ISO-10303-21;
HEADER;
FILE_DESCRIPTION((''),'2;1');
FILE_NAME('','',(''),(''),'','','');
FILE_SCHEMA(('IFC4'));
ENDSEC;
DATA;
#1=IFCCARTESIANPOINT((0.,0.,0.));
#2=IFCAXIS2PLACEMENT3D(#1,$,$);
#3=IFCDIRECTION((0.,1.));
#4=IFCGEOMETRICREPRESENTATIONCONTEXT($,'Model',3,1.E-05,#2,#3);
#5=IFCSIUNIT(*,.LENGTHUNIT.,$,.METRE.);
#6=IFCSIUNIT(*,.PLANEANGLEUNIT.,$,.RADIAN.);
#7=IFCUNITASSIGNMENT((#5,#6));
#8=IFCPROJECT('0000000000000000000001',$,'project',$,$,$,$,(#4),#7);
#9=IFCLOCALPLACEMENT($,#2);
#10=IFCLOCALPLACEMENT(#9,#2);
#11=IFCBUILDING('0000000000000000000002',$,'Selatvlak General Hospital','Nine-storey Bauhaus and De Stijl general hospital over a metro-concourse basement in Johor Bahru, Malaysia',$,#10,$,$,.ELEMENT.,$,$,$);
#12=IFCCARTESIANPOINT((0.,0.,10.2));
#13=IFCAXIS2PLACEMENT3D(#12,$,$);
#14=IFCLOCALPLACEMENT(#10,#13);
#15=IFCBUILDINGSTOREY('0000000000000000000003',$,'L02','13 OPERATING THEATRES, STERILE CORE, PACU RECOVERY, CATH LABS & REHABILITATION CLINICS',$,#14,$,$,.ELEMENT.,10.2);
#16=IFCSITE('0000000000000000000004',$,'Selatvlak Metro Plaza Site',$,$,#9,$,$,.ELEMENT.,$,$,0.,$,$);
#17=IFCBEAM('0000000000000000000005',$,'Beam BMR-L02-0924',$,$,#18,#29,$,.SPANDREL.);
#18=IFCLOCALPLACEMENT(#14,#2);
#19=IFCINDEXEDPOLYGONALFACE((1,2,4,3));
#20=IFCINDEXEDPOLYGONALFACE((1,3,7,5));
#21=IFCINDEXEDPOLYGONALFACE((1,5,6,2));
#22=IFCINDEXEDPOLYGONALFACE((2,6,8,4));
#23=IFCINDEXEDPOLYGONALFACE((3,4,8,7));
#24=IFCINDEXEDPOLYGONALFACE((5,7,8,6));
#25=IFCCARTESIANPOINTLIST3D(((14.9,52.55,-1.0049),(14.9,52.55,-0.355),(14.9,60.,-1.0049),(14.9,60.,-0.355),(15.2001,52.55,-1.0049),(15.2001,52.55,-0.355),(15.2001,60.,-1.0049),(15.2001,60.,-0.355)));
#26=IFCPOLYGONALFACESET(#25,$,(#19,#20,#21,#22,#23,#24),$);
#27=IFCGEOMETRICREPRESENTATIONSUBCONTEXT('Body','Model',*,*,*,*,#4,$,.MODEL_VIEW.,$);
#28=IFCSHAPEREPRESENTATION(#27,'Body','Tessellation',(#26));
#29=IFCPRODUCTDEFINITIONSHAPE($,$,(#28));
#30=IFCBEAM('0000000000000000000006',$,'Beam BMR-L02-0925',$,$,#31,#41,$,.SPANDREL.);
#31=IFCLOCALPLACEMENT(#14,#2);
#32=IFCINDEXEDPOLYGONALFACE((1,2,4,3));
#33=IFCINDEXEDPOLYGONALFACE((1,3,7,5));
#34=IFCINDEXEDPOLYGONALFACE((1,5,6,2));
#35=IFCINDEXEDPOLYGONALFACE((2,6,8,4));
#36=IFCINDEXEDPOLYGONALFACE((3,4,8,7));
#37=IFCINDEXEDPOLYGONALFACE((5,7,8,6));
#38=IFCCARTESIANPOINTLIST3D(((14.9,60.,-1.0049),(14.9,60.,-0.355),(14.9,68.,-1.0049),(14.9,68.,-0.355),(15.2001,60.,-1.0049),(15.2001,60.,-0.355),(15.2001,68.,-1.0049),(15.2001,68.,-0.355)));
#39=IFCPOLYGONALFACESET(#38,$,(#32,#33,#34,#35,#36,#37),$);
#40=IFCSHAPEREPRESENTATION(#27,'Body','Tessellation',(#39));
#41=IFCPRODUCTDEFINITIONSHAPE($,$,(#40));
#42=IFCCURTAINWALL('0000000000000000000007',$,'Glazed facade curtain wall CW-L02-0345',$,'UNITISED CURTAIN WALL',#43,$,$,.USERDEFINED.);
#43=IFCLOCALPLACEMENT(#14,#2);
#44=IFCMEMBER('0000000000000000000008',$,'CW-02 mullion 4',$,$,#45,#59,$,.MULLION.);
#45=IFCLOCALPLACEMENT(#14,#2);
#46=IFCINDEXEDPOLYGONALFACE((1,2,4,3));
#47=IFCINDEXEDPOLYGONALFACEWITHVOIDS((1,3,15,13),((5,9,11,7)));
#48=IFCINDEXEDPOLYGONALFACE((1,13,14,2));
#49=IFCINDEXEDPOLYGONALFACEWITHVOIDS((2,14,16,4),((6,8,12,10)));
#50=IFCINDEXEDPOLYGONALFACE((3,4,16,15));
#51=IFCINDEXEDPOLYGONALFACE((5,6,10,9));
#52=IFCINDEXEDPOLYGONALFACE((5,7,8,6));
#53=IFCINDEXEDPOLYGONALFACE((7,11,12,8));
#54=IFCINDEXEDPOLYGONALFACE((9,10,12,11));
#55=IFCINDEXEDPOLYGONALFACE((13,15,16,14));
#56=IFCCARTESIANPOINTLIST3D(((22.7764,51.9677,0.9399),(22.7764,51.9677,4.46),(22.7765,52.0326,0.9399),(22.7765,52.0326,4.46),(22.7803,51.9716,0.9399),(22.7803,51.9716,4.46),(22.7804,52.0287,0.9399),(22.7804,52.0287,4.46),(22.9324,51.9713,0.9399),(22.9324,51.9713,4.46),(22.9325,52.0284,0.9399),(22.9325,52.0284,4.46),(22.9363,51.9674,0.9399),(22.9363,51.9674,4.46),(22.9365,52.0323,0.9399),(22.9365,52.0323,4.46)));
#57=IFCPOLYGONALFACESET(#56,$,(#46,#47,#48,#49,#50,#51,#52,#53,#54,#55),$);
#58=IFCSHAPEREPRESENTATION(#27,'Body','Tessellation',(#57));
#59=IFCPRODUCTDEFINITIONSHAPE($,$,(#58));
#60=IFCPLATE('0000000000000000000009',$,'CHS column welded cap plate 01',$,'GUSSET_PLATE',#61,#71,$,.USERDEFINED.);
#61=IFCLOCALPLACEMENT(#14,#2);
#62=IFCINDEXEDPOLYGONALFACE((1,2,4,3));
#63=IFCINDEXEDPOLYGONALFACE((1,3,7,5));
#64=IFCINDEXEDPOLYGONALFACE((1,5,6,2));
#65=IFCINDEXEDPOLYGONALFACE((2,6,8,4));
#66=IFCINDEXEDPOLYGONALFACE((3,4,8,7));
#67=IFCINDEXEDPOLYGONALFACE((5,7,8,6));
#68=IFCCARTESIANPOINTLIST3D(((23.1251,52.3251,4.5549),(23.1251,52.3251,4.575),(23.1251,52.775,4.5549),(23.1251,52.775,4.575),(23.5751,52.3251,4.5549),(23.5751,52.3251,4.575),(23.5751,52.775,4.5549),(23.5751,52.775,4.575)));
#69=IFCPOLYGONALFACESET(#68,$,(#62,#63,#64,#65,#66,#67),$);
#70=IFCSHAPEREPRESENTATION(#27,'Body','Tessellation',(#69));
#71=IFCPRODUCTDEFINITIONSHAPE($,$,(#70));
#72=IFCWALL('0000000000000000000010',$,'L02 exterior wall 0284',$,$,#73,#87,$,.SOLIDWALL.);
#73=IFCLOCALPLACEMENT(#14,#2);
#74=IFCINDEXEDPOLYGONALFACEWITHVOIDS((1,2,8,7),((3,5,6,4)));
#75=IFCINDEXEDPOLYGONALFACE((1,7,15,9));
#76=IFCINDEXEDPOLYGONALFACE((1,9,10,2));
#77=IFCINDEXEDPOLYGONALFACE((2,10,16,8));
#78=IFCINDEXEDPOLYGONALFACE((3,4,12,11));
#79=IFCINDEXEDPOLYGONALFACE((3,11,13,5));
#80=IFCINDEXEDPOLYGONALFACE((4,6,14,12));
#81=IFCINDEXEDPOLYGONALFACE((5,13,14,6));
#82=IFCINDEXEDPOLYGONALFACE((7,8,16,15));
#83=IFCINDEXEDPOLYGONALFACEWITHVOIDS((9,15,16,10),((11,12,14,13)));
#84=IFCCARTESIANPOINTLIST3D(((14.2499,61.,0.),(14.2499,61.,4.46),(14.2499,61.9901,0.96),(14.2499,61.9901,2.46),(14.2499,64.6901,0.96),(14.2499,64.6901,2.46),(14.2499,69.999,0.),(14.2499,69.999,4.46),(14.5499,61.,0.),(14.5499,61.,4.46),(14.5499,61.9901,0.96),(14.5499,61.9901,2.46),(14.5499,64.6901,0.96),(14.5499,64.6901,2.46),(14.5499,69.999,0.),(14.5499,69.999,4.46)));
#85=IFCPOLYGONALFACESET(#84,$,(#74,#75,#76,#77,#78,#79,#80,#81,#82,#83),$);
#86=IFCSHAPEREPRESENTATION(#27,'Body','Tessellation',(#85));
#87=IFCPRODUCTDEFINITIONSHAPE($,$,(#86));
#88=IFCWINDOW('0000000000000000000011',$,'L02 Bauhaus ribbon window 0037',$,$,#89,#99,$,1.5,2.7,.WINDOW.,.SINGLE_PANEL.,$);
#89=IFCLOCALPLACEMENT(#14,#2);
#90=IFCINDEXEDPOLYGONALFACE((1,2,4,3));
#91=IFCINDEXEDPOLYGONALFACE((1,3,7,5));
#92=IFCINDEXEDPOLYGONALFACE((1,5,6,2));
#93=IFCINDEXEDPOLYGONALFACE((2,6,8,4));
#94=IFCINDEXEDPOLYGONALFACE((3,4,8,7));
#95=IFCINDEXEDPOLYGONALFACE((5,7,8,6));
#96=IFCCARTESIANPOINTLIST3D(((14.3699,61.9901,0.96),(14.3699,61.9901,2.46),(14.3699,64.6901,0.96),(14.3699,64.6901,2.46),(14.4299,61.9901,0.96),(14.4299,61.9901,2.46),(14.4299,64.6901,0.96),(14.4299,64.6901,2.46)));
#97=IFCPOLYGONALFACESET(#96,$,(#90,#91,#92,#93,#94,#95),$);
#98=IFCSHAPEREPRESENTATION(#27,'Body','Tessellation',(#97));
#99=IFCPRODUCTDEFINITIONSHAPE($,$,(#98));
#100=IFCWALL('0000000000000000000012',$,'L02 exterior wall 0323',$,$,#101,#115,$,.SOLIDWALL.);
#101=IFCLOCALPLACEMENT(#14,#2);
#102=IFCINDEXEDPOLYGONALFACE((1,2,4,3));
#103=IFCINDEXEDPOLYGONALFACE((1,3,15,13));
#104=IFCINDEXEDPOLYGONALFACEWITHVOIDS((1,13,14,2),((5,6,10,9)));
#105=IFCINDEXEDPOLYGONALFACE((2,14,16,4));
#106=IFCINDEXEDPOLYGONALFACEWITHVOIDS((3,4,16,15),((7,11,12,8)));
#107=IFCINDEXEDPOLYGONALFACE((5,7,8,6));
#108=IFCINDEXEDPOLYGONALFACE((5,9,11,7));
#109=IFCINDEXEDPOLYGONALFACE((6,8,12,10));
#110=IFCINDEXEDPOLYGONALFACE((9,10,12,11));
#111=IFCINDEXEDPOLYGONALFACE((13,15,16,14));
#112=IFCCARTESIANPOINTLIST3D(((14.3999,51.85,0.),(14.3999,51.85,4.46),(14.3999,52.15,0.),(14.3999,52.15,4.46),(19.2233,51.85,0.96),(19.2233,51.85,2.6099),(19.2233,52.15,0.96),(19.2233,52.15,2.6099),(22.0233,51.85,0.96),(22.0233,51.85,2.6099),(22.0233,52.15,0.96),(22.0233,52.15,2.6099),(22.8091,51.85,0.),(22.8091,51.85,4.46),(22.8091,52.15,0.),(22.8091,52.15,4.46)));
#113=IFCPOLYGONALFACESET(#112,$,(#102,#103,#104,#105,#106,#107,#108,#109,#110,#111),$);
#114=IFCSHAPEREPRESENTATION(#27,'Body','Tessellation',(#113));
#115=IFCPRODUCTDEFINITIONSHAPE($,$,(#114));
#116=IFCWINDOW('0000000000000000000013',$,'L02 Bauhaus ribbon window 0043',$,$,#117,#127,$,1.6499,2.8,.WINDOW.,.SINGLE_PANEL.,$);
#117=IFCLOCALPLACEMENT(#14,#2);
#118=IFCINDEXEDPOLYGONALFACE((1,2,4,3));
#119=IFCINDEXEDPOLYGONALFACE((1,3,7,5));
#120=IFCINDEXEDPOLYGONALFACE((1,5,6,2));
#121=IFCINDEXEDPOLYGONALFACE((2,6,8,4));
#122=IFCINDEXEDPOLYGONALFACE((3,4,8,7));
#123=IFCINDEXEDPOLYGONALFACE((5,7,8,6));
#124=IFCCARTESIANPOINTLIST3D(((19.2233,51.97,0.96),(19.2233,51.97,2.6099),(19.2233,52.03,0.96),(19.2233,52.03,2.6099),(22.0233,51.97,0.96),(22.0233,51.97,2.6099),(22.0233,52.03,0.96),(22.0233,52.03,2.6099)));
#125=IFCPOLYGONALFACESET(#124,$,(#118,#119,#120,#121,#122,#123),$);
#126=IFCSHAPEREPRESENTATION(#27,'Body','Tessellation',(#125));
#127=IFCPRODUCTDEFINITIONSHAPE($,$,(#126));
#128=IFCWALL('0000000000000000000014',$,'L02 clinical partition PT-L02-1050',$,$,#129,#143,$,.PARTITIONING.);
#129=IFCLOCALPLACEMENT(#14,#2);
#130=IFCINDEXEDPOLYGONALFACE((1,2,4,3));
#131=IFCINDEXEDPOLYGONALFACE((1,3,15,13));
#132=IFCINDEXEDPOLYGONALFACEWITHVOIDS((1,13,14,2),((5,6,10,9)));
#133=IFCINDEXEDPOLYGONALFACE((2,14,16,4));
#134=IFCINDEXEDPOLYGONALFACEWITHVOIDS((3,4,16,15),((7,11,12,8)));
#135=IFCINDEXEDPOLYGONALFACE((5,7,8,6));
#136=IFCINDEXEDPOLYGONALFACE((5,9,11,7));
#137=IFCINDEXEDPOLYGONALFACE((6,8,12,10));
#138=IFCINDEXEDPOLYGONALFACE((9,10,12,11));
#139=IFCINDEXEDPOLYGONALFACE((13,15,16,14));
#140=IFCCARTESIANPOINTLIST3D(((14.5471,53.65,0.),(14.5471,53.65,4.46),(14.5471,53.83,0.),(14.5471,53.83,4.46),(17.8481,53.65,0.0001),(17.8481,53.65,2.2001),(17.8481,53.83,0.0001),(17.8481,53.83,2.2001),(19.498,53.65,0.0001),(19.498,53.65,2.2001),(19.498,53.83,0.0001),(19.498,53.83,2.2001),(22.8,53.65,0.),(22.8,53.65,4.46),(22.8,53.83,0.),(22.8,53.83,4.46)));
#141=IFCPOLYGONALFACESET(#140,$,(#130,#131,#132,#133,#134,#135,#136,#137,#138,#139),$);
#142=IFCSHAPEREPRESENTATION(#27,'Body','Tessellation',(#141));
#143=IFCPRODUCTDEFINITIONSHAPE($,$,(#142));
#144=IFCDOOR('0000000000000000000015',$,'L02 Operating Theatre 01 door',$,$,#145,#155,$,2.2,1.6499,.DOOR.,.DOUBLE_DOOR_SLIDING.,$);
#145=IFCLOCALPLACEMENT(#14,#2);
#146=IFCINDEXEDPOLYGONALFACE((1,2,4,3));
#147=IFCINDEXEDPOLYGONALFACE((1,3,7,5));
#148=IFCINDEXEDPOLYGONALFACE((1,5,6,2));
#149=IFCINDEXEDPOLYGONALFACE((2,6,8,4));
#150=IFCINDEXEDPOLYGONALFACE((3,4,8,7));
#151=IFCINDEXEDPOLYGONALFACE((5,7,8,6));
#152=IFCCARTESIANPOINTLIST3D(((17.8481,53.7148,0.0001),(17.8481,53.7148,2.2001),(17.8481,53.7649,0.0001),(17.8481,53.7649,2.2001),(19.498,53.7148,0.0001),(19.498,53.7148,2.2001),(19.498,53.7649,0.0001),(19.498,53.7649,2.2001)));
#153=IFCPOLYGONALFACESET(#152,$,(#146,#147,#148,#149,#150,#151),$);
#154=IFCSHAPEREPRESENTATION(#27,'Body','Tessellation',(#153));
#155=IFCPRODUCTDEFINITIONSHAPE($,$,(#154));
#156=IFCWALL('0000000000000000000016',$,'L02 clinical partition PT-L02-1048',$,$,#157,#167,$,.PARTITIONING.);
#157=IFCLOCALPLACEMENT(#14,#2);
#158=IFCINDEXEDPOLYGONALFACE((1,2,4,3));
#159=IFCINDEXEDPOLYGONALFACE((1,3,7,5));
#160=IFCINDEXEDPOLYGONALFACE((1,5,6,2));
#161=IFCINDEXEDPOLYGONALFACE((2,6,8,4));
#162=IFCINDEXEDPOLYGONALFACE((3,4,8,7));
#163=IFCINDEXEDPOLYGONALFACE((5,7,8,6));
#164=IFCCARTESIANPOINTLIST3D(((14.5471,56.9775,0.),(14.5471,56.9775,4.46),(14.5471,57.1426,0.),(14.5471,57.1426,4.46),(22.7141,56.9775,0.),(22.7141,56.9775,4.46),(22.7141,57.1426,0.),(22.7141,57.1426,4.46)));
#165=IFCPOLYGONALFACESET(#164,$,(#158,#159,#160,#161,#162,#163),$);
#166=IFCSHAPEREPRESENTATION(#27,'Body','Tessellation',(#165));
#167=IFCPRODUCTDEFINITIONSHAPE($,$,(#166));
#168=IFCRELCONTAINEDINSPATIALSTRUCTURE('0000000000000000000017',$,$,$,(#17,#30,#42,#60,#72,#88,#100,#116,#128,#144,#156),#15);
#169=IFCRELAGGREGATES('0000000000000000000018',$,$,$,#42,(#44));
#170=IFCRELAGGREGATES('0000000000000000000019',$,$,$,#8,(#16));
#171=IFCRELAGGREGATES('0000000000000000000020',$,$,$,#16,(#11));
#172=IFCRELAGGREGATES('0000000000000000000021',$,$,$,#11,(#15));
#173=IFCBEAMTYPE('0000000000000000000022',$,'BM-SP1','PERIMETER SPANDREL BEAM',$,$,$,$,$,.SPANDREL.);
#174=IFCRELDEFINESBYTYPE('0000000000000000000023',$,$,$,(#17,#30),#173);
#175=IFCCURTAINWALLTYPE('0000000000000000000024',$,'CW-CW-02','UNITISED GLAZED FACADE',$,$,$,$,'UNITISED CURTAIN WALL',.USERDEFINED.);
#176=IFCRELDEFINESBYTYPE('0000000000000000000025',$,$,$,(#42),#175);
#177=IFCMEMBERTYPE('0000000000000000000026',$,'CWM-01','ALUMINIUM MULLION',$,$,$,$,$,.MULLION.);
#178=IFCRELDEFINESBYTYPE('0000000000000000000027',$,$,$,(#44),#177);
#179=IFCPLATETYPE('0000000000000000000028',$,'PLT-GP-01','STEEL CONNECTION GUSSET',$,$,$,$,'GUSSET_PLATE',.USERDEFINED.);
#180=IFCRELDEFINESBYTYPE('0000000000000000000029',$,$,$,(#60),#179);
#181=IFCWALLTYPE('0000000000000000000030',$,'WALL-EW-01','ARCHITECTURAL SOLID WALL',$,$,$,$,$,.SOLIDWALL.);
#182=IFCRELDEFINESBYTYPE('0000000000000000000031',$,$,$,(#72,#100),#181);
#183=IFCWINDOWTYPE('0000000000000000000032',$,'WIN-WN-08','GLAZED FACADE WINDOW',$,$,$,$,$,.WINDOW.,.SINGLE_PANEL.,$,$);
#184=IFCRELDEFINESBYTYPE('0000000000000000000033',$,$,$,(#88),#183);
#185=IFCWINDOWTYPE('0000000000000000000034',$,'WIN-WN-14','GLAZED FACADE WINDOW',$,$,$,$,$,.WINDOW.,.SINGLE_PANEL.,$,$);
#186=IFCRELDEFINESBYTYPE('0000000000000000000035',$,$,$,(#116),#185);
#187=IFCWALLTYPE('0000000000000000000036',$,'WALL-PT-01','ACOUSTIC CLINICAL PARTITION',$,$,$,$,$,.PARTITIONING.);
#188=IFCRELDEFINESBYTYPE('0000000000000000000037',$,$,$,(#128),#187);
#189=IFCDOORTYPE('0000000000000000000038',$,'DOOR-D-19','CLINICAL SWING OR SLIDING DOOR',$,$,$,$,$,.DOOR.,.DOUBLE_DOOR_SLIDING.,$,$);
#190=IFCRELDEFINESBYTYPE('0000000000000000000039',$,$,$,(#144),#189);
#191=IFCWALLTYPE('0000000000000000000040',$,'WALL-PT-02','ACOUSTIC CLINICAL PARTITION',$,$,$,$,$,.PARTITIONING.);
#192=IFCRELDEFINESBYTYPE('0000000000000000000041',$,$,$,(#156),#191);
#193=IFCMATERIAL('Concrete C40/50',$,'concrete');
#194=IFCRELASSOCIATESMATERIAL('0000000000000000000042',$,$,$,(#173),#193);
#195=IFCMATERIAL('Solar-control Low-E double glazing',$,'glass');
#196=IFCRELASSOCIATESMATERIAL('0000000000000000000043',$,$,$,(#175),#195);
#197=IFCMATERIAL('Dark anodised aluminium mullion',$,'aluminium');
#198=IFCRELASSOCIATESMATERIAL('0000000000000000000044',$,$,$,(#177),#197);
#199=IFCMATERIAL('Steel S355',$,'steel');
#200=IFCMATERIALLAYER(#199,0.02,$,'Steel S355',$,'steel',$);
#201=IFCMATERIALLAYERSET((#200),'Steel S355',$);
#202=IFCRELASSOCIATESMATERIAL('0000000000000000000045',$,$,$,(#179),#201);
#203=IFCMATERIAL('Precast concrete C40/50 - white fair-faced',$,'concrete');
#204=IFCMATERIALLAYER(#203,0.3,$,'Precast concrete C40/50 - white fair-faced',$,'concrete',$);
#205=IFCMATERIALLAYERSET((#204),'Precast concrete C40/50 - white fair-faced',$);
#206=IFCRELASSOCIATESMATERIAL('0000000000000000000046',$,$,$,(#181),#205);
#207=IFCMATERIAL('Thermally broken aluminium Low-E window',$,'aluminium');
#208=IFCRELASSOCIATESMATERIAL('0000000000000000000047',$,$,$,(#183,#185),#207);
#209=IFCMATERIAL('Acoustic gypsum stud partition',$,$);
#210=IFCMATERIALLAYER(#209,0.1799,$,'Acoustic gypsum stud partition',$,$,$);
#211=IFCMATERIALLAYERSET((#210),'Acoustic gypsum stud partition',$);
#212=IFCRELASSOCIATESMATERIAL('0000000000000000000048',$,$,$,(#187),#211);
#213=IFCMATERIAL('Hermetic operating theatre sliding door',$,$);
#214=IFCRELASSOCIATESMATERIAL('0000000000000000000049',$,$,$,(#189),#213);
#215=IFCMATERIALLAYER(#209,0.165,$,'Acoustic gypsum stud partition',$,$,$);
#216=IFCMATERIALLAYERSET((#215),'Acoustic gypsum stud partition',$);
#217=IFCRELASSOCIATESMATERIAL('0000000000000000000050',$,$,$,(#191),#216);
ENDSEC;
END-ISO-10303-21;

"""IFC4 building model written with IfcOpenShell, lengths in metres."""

from ifc_helpers import new_model, si_unit, direction, frame, frame_2d, origin, origin_2d, place, context, subcontext, project, spatial, rectangle, hollow_rectangle, extrude, material, layer, layer_set, material_profile, profile_set, type_object, element, fill, aggregate, save


model = new_model("IFC4")

# Units and contexts
model_context = context("Model", 3, precision=1e-05, world=origin(), true_north=direction((0.0, 1.0)))
body_context = subcontext(model_context, "Body", "Model", "MODEL_VIEW")
ifc_project = project(units=[si_unit("LENGTHUNIT", "METRE"), si_unit("PLANEANGLEUNIT", "RADIAN")], contexts=[model_context])

# Site, building, storey
site_placement = place(None, origin())
site = spatial("IfcSite", under=ifc_project, at=site_placement, Name="Selatvlak Metro Plaza Site", CompositionType="ELEMENT", RefElevation=0.0)
building_placement = place(site_placement, origin())
building = spatial("IfcBuilding", under=site, at=building_placement, Name="Selatvlak General Hospital", Description="Nine-storey Bauhaus and De Stijl general hospital over a metro-concourse basement in Johor Bahru, Malaysia", CompositionType="ELEMENT")
storey_placement = place(building_placement, frame((0.0, 0.0, 10.2)))
storey = spatial("IfcBuildingStorey", under=building, at=storey_placement, Name="L02", Description="13 OPERATING THEATRES, STERILE CORE, PACU RECOVERY, CATH LABS & REHABILITATION CLINICS", CompositionType="ELEMENT", Elevation=10.2)

# Shared definitions
ifc_material_1 = material(Name="Steel S355", Category="steel")

# Beams
ifc_material_2 = material(Name="Concrete C40/50", Category="concrete")
ifc_material_profile_1 = material_profile(ifc_material_2, rectangle(XDim=0.3, YDim=0.6499, at=origin_2d()), Name="RC-SP 300x650")
ifc_profile_set_1 = profile_set([ifc_material_profile_1], Name="Concrete C40/50")
beam_type_1 = type_object("IfcBeamType", Name="BM-SP1", Description="PERIMETER SPANDREL BEAM", PredefinedType="SPANDREL", material=ifc_profile_set_1)
beam_1_placement = place(storey_placement, frame((15.05, 52.55, -0.6799), z_axis=(0.0, 1.0, 0.0), x_axis=(-1.0, 0.0, 0.0)))
element("IfcBeam", 1, at=beam_1_placement, inside=storey, type_object=beam_type_1, Name="Beam BMR-L02-0924", PredefinedType="SPANDREL", context=body_context, shape_type="SweptSolid", body=[
    extrude(rectangle(XDim=0.3, YDim=0.6499, at=origin_2d()), origin(), (0.0, 0.0, 1.0), 7.45),
])
beam_2_placement = place(storey_placement, frame((15.05, 60.0, -0.6799), z_axis=(0.0, 1.0, 0.0), x_axis=(-1.0, 0.0, 0.0)))
element("IfcBeam", 2, at=beam_2_placement, inside=storey, type_object=beam_type_1, Name="Beam BMR-L02-0925", PredefinedType="SPANDREL", context=body_context, shape_type="SweptSolid", body=[
    extrude(rectangle(XDim=0.3, YDim=0.6499, at=origin_2d()), origin(), (0.0, 0.0, 1.0), 8.0),
])

# Curtain wall, member
ifc_material_3 = material(Name="Solar-control Low-E double glazing", Category="glass")
curtain_wall_type = type_object("IfcCurtainWallType", Name="CW-CW-02", Description="UNITISED GLAZED FACADE", ElementType="UNITISED CURTAIN WALL", PredefinedType="USERDEFINED", material=ifc_material_3)
curtain_wall_placement = place(storey_placement, origin())
curtain_wall = element("IfcCurtainWall", 3, at=curtain_wall_placement, inside=storey, type_object=curtain_wall_type, Name="Glazed facade curtain wall CW-L02-0345", ObjectType="UNITISED CURTAIN WALL", PredefinedType="USERDEFINED")
ifc_material_4 = material(Name="Dark anodised aluminium mullion", Category="aluminium")
ifc_material_profile_2 = material_profile(ifc_material_4, hollow_rectangle(XDim=0.0649, YDim=0.1599, WallThickness=0.0039, at=origin_2d()), Name="AL-MUL 65x160x4")
ifc_profile_set_2 = profile_set([ifc_material_profile_2], Name="Dark anodised aluminium mullion")
member_type = type_object("IfcMemberType", Name="CWM-01", Description="ALUMINIUM MULLION", PredefinedType="MULLION", material=ifc_profile_set_2)
member_placement = place(storey_placement, frame((22.8564, 52.0, 0.9399), z_axis=(0.0, 0.0, 1.0), x_axis=(-0.001811, -0.999998, 0.0)))
member = element("IfcMember", 4, at=member_placement, type_object=member_type, Name="CW-02 mullion 4", PredefinedType="MULLION", context=body_context, shape_type="SweptSolid", body=[
    extrude(hollow_rectangle(XDim=0.0649, YDim=0.1599, WallThickness=0.0039, at=origin_2d()), origin(), (0.0, 0.0, 1.0), 3.52),
])
aggregate(curtain_wall, [member])

# Plate
ifc_layer_1 = layer(ifc_material_1, 0.02, Name="Steel S355", Category="steel")
ifc_layer_set_1 = layer_set([ifc_layer_1], Name="Steel S355")
plate_type = type_object("IfcPlateType", Name="PLT-GP-01", Description="STEEL CONNECTION GUSSET", ElementType="GUSSET_PLATE", PredefinedType="USERDEFINED", material=ifc_layer_set_1)
plate_placement = place(storey_placement, frame((23.3501, 52.55, 4.5549), z_axis=(0.0, 0.0, 1.0), x_axis=(1.0, 0.0, 0.0)))
element("IfcPlate", 5, at=plate_placement, inside=storey, type_object=plate_type, Name="CHS column welded cap plate 01", ObjectType="GUSSET_PLATE", PredefinedType="USERDEFINED", context=body_context, shape_type="SweptSolid", body=[
    extrude(rectangle(XDim=0.45, YDim=0.45, at=origin_2d()), origin(), (0.0, 0.0, 1.0), 0.02),
])

# Walls, openings, windows
ifc_material_5 = material(Name="Precast concrete C40/50 - white fair-faced", Category="concrete")
ifc_layer_2 = layer(ifc_material_5, 0.3, Name="Precast concrete C40/50 - white fair-faced", Category="concrete")
ifc_layer_set_2 = layer_set([ifc_layer_2], Name="Precast concrete C40/50 - white fair-faced")
wall_type_1 = type_object("IfcWallType", Name="WALL-EW-01", Description="ARCHITECTURAL SOLID WALL", PredefinedType="SOLIDWALL", material=ifc_layer_set_2)
wall_1_placement = place(storey_placement, frame((14.3999, 61.0, 0.0), z_axis=(0.0, 0.0, 1.0), x_axis=(0.0, 1.0, 0.0)))
wall_1 = element("IfcWall", 6, at=wall_1_placement, inside=storey, type_object=wall_type_1, Name="L02 exterior wall 0284", PredefinedType="SOLIDWALL", context=body_context, shape_type="SweptSolid", body=[
    extrude(rectangle(XDim=8.999, YDim=0.3, at=frame_2d((4.4995, 0.0))), origin(), (0.0, 0.0, 1.0), 4.46),
])
opening_1_placement = place(wall_1_placement, frame((0.99, 0.0, 0.96)))
opening_1 = element("IfcOpeningElement", 7, at=opening_1_placement, cuts=wall_1, PredefinedType="OPENING", context=body_context, shape_type="SweptSolid", body=[
    extrude(rectangle(XDim=2.7, YDim=1.5, at=frame_2d((1.3501, 0.75))), frame((0.0, 0.1599, 0.0), z_axis=(0.0, -1.0, 0.0), x_axis=(1.0, 0.0, 0.0)), (0.0, 0.0, 1.0), 0.3201),
])
ifc_material_6 = material(Name="Thermally broken aluminium Low-E window", Category="aluminium")
window_type_1 = type_object("IfcWindowType", Name="WIN-WN-08", Description="GLAZED FACADE WINDOW", PartitioningType="SINGLE_PANEL", PredefinedType="WINDOW", material=ifc_material_6)
window_1_placement = place(opening_1_placement, origin())
window_1 = element("IfcWindow", 8, at=window_1_placement, inside=storey, type_object=window_type_1, Name="L02 Bauhaus ribbon window 0037", OverallHeight=1.5, OverallWidth=2.7, PartitioningType="SINGLE_PANEL", PredefinedType="WINDOW", context=body_context, shape_type="SweptSolid", body=[
    extrude(rectangle(XDim=2.7, YDim=1.5, at=frame_2d((1.3501, 0.75))), frame((0.0, 0.03, 0.0), z_axis=(0.0, -1.0, 0.0), x_axis=(1.0, 0.0, 0.0)), (0.0, 0.0, 1.0), 0.0601),
])
fill(opening_1, window_1)
wall_2_placement = place(storey_placement, frame((22.8091, 52.0, 0.0), z_axis=(0.0, 0.0, 1.0), x_axis=(-1.0, 0.0, 0.0)))
wall_2 = element("IfcWall", 9, at=wall_2_placement, inside=storey, type_object=wall_type_1, Name="L02 exterior wall 0323", PredefinedType="SOLIDWALL", context=body_context, shape_type="SweptSolid", body=[
    extrude(rectangle(XDim=8.4092, YDim=0.3, at=frame_2d((4.2046, 0.0))), origin(), (0.0, 0.0, 1.0), 4.46),
])
opening_2_placement = place(wall_2_placement, frame((0.7859, 0.0, 0.96)))
opening_2 = element("IfcOpeningElement", 10, at=opening_2_placement, cuts=wall_2, PredefinedType="OPENING", context=body_context, shape_type="SweptSolid", body=[
    extrude(rectangle(XDim=2.8, YDim=1.6499, at=frame_2d((1.3999, 0.825))), frame((0.0, 0.1599, 0.0), z_axis=(0.0, -1.0, 0.0), x_axis=(1.0, 0.0, 0.0)), (0.0, 0.0, 1.0), 0.3201),
])
window_type_2 = type_object("IfcWindowType", Name="WIN-WN-14", Description="GLAZED FACADE WINDOW", PartitioningType="SINGLE_PANEL", PredefinedType="WINDOW", material=ifc_material_6)
window_2_placement = place(opening_2_placement, origin())
window_2 = element("IfcWindow", 11, at=window_2_placement, inside=storey, type_object=window_type_2, Name="L02 Bauhaus ribbon window 0043", OverallHeight=1.6499, OverallWidth=2.8, PartitioningType="SINGLE_PANEL", PredefinedType="WINDOW", context=body_context, shape_type="SweptSolid", body=[
    extrude(rectangle(XDim=2.8, YDim=1.6499, at=frame_2d((1.3999, 0.825))), frame((0.0, 0.03, 0.0), z_axis=(0.0, -1.0, 0.0), x_axis=(1.0, 0.0, 0.0)), (0.0, 0.0, 1.0), 0.0601),
])
fill(opening_2, window_2)

# Wall, opening, door
ifc_material_7 = material(Name="Acoustic gypsum stud partition")
ifc_layer_3 = layer(ifc_material_7, 0.1799, Name="Acoustic gypsum stud partition")
ifc_layer_set_3 = layer_set([ifc_layer_3], Name="Acoustic gypsum stud partition")
wall_type_2 = type_object("IfcWallType", Name="WALL-PT-01", Description="ACOUSTIC CLINICAL PARTITION", PredefinedType="PARTITIONING", material=ifc_layer_set_3)
wall_3_placement = place(storey_placement, frame((14.5471, 53.74, 0.0), z_axis=(0.0, 0.0, 1.0), x_axis=(1.0, 0.0, 0.0)))
wall_3 = element("IfcWall", 12, at=wall_3_placement, inside=storey, type_object=wall_type_2, Name="L02 clinical partition PT-L02-1050", PredefinedType="PARTITIONING", context=body_context, shape_type="SweptSolid", body=[
    extrude(rectangle(XDim=8.2529, YDim=0.1799, at=frame_2d((4.1265, 0.0))), origin(), (0.0, 0.0, 1.0), 4.46),
])
opening_3_placement = place(wall_3_placement, frame((3.301, 0.0, 0.0)))
opening_3 = element("IfcOpeningElement", 13, at=opening_3_placement, cuts=wall_3, PredefinedType="OPENING", context=body_context, shape_type="SweptSolid", body=[
    extrude(rectangle(XDim=1.6499, YDim=2.2, at=frame_2d((0.825, 1.1001))), frame((0.0, 0.0999, 0.0), z_axis=(0.0, -1.0, 0.0), x_axis=(1.0, 0.0, 0.0)), (0.0, 0.0, 1.0), 0.2),
])
ifc_material_8 = material(Name="Hermetic operating theatre sliding door")
door_type_1 = type_object("IfcDoorType", Name="DOOR-D-19", Description="CLINICAL SWING OR SLIDING DOOR", OperationType="DOUBLE_DOOR_SLIDING", PredefinedType="DOOR", material=ifc_material_8)
door_1_placement = place(opening_3_placement, origin())
door_1 = element("IfcDoor", 14, at=door_1_placement, inside=storey, type_object=door_type_1, Name="L02 Operating Theatre 01 door", OperationType="DOUBLE_DOOR_SLIDING", OverallHeight=2.2, OverallWidth=1.6499, PredefinedType="DOOR", context=body_context, shape_type="SweptSolid", body=[
    extrude(rectangle(XDim=1.6499, YDim=2.2, at=frame_2d((0.825, 1.1001))), frame((0.0, 0.0249, 0.0), z_axis=(0.0, -1.0, 0.0), x_axis=(1.0, 0.0, 0.0)), (0.0, 0.0, 1.0), 0.05),
])
fill(opening_3, door_1)

# Wall
ifc_layer_4 = layer(ifc_material_7, 0.165, Name="Acoustic gypsum stud partition")
ifc_layer_set_4 = layer_set([ifc_layer_4], Name="Acoustic gypsum stud partition")
wall_type_3 = type_object("IfcWallType", Name="WALL-PT-02", Description="ACOUSTIC CLINICAL PARTITION", PredefinedType="PARTITIONING", material=ifc_layer_set_4)
wall_4_placement = place(storey_placement, frame((22.7141, 57.0601, 0.0), z_axis=(0.0, 0.0, 1.0), x_axis=(-1.0, 0.0, 0.0)))
element("IfcWall", 15, at=wall_4_placement, inside=storey, type_object=wall_type_3, Name="L02 clinical partition PT-L02-1048", PredefinedType="PARTITIONING", context=body_context, shape_type="SweptSolid", body=[
    extrude(rectangle(XDim=8.167, YDim=0.165, at=frame_2d((4.0835, 0.0))), origin(), (0.0, 0.0, 1.0), 4.46),
])

save(model, "model.ifc")
